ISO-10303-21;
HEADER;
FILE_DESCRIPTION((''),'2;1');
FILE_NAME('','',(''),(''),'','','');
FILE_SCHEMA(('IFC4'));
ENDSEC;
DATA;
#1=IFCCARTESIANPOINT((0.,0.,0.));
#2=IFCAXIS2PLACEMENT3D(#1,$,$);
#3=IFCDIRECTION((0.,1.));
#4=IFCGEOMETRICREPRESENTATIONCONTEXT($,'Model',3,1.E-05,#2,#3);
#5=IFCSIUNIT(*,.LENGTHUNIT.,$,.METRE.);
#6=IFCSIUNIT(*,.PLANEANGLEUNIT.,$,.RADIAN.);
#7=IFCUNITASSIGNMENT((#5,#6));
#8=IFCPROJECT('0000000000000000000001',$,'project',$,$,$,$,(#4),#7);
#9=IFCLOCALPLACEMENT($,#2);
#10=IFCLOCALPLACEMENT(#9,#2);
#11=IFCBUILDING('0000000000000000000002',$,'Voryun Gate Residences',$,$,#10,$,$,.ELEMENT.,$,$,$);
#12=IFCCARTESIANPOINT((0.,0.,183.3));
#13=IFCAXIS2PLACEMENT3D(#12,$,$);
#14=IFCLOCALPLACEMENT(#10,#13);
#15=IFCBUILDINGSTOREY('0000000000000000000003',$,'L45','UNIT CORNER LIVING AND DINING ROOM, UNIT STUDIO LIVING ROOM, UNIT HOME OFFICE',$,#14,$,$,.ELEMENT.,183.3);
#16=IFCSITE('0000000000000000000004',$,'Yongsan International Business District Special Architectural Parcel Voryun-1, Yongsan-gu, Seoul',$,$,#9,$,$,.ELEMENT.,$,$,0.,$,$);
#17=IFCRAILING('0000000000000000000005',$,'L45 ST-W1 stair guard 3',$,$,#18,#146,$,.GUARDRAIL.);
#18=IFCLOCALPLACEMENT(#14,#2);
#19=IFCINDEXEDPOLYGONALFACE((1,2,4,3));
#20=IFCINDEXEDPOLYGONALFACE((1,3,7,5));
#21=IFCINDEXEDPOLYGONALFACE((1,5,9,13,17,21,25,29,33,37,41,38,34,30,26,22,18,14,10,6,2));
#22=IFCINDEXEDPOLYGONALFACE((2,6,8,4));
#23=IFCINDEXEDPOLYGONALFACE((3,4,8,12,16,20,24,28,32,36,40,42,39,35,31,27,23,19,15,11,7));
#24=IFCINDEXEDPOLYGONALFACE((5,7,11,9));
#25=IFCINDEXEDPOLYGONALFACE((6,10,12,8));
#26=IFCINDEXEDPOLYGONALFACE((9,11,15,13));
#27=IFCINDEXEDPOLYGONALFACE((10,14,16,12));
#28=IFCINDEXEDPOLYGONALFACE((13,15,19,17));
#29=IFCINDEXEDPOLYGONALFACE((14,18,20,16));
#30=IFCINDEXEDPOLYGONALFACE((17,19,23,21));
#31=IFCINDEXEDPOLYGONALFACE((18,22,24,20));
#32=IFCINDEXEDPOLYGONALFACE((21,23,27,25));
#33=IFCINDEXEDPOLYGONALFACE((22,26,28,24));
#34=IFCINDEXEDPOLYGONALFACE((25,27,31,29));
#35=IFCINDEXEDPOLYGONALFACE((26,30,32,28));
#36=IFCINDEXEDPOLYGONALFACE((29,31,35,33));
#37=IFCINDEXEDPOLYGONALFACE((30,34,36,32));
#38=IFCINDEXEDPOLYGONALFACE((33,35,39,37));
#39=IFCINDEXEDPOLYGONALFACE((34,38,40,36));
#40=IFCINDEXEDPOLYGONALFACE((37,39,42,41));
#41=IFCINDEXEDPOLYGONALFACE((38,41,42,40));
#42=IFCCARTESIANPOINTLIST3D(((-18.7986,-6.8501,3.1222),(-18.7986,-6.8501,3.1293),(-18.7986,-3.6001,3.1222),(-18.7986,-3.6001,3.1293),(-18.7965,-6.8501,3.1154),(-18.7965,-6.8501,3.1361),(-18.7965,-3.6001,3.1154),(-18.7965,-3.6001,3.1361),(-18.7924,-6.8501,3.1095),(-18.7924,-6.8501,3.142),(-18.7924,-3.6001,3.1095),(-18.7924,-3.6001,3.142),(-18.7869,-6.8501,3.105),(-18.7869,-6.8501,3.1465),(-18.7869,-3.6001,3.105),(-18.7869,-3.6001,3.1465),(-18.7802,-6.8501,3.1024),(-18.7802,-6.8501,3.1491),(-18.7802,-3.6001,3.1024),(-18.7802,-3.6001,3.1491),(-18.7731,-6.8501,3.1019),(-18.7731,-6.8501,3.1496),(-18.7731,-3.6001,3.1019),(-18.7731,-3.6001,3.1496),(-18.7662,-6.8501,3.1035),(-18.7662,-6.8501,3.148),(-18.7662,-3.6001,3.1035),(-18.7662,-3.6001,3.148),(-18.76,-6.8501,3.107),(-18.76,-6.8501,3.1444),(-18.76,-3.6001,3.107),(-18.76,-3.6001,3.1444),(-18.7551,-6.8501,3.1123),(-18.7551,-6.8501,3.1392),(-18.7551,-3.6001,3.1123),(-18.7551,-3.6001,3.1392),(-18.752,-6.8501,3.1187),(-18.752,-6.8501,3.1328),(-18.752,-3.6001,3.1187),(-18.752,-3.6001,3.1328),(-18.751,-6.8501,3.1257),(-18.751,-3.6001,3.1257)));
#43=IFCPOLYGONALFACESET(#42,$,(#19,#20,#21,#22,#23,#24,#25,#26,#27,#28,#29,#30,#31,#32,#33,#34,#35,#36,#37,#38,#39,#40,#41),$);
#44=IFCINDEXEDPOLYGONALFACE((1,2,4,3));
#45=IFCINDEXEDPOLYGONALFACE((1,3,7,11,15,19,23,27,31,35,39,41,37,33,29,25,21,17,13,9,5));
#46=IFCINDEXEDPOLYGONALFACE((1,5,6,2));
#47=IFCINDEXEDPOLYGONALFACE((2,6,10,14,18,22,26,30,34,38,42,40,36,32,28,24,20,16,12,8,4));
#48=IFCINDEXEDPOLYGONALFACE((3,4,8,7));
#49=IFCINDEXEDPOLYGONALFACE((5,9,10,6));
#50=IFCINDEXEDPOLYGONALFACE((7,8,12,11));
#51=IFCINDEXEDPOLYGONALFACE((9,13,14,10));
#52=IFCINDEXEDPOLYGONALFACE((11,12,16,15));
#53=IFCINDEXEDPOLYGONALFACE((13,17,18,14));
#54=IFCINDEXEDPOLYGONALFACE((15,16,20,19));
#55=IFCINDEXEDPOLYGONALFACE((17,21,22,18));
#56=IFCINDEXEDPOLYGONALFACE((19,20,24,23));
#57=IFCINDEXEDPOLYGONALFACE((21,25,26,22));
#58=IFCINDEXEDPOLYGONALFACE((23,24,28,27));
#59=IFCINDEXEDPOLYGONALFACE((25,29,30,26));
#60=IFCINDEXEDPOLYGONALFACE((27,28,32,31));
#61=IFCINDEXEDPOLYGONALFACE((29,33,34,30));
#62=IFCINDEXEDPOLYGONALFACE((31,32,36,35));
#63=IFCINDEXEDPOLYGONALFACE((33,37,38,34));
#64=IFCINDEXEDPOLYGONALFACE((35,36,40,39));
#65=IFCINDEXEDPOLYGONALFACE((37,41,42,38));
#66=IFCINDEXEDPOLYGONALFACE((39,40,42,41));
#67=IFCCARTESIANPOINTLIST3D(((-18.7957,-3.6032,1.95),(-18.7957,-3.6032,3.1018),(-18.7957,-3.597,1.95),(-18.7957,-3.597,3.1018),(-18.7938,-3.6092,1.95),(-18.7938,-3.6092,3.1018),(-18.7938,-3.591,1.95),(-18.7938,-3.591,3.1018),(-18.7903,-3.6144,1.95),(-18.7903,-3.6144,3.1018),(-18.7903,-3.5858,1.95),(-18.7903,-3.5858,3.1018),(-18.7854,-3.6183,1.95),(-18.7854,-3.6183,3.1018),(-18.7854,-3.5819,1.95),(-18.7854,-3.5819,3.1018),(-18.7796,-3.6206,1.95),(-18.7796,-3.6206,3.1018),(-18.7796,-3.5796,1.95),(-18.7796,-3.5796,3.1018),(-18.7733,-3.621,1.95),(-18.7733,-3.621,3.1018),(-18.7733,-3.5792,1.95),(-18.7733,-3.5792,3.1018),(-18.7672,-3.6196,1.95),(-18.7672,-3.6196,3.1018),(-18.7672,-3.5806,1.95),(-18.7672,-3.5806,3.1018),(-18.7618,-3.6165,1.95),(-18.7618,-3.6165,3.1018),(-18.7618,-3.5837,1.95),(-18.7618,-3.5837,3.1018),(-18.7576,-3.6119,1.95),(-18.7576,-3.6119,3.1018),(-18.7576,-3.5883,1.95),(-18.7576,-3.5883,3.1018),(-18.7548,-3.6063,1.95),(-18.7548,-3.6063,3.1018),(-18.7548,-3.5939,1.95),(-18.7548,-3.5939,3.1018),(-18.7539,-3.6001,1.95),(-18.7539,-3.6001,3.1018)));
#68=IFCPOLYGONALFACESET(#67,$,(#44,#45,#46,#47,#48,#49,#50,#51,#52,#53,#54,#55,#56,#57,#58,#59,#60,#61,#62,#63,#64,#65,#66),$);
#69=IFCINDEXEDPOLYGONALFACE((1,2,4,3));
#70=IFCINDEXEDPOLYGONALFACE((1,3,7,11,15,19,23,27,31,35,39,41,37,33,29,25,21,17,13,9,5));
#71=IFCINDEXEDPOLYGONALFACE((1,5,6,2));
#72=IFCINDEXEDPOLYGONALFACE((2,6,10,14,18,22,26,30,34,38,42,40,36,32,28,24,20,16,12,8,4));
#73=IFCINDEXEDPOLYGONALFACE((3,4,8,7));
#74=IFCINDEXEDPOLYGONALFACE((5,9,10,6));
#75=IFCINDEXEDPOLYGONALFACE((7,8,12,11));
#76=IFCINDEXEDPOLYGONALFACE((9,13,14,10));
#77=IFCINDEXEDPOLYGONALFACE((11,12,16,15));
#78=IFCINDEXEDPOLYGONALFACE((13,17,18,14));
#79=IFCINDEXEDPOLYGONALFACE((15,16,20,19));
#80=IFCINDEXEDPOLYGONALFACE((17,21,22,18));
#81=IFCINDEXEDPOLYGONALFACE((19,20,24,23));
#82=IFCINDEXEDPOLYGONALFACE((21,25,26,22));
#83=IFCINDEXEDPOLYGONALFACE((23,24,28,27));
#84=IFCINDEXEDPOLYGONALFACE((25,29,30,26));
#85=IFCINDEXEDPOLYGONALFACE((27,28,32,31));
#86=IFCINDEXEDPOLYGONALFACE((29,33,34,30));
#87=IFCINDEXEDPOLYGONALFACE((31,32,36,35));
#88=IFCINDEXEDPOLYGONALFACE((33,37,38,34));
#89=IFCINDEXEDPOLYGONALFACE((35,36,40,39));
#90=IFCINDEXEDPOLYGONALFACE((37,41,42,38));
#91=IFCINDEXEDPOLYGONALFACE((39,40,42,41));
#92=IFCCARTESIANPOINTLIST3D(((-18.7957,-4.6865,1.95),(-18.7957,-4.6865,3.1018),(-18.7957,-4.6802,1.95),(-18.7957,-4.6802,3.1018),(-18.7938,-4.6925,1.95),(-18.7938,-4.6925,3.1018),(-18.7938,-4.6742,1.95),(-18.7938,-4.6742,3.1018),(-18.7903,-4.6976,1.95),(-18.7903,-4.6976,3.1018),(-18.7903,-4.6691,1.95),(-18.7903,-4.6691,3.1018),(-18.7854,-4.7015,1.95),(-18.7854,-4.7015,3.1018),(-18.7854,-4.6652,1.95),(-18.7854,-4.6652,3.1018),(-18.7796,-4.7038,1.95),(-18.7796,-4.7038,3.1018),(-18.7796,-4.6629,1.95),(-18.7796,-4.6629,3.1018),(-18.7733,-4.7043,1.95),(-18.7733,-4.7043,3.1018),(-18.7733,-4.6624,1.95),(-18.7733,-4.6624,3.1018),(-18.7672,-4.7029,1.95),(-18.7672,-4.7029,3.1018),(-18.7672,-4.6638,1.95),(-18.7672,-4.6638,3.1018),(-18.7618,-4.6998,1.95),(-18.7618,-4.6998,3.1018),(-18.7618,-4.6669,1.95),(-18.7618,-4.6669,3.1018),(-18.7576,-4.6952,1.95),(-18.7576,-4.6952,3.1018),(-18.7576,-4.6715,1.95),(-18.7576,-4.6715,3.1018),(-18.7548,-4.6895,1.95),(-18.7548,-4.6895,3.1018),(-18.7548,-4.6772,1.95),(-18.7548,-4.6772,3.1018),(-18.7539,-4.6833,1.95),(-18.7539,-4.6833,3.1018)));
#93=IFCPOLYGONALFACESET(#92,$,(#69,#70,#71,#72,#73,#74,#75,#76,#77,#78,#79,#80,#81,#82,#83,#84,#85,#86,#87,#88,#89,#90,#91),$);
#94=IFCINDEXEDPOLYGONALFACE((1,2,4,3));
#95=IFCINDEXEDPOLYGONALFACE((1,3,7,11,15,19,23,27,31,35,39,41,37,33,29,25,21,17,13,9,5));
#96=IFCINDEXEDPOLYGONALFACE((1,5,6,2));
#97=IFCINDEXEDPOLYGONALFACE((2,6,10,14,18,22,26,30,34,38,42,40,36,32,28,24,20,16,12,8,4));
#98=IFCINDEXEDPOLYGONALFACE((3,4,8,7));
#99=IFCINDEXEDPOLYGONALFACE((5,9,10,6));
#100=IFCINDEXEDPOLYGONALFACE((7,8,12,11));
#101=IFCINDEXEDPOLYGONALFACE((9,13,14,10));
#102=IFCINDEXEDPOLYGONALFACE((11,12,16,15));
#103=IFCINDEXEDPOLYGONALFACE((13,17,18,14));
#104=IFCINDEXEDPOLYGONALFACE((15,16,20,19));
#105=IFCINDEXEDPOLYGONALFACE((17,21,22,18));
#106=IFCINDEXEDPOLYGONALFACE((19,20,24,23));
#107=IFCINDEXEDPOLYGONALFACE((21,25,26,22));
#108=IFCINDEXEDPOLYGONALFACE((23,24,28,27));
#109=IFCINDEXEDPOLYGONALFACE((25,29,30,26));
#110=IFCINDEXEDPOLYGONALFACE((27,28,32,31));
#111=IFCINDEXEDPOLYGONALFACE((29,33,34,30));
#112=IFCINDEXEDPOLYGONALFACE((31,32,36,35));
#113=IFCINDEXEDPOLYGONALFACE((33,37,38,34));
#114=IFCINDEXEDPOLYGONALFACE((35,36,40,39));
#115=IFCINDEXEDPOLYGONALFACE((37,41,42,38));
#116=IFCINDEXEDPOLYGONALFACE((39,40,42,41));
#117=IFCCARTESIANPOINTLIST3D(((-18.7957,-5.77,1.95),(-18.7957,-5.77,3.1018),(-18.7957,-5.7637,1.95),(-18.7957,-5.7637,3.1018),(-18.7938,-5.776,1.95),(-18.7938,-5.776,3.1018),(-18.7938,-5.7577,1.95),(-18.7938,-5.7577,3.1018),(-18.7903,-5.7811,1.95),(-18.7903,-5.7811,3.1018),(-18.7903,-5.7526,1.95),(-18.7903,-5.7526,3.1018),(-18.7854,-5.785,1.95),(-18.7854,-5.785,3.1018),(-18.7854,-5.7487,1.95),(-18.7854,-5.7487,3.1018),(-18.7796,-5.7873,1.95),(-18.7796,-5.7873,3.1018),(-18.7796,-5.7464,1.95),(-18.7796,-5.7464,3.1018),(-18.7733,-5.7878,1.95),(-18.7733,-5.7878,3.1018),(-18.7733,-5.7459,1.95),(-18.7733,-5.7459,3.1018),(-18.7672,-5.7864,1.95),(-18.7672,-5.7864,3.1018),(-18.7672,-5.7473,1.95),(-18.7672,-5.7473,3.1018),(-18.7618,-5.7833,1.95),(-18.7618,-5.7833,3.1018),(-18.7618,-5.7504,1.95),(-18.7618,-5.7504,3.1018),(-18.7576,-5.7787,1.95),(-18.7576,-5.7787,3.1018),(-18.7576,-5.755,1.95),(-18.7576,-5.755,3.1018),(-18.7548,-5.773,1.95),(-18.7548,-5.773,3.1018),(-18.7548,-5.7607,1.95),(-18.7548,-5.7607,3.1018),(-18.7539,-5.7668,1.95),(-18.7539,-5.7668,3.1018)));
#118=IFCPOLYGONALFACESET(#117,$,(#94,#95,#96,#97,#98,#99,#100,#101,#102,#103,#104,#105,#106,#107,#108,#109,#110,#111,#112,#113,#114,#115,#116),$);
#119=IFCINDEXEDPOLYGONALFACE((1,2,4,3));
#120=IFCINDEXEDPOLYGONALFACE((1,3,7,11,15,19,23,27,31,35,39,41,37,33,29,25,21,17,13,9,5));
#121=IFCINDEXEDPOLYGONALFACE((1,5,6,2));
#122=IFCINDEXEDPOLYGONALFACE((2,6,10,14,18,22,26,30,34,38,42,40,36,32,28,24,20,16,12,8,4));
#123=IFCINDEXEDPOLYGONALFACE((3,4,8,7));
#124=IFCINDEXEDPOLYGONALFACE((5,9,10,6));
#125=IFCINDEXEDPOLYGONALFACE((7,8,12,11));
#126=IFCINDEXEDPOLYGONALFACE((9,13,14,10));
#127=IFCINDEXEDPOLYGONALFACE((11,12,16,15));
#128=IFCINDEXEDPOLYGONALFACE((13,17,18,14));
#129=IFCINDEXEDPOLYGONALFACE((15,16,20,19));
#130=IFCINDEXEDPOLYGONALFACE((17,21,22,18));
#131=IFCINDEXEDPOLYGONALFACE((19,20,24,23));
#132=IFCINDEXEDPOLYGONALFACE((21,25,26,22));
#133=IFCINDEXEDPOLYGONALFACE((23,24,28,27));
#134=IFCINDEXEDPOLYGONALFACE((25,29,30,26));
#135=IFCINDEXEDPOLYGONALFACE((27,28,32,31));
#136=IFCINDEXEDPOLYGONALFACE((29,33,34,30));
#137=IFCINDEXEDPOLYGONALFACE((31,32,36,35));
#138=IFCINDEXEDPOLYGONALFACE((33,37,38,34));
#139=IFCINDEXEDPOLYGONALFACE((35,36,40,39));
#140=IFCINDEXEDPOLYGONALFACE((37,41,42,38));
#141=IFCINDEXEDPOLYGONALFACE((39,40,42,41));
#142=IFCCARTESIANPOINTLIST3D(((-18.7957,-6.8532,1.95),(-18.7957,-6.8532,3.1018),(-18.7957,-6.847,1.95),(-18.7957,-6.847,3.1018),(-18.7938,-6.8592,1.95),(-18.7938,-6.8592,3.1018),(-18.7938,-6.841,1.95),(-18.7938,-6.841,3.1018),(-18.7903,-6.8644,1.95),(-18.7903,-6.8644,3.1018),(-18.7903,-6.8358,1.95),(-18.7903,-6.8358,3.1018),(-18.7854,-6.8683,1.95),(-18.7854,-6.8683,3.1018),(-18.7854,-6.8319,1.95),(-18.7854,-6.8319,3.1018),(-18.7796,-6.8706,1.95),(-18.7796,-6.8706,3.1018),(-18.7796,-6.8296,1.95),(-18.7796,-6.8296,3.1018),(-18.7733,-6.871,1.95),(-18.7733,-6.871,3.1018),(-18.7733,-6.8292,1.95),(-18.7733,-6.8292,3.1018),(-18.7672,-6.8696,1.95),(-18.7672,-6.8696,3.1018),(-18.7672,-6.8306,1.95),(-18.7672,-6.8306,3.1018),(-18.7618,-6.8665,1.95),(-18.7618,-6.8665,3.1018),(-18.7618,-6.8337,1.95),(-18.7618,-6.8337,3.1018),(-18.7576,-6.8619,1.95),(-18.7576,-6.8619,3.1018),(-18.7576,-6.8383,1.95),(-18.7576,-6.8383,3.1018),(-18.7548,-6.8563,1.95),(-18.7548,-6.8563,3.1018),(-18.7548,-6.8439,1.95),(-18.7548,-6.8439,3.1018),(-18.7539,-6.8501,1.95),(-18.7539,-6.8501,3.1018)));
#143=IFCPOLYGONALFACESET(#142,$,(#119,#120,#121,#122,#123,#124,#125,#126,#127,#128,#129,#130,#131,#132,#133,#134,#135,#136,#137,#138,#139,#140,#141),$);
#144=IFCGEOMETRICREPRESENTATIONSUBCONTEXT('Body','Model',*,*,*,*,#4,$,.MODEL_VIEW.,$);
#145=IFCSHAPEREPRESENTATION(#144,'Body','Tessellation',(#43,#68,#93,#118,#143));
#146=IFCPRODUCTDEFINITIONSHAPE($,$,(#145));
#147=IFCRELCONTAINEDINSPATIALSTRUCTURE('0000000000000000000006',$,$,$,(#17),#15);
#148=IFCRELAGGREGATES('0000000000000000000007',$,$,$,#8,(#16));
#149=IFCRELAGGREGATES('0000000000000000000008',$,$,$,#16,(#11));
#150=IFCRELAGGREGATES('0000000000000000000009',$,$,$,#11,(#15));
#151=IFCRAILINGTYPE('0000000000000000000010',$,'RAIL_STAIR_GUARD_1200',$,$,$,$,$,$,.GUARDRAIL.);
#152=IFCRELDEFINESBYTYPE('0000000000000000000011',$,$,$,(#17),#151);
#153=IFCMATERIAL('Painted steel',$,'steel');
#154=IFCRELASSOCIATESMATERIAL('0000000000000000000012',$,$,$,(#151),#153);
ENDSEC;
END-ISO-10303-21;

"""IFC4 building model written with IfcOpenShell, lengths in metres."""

from ifc_helpers import new_model, si_unit, direction, frame, origin, origin_2d, place, context, subcontext, project, spatial, circle, extrude, material, type_object, element, save


model = new_model("IFC4")

# Units and contexts
model_context = context("Model", 3, precision=1e-05, world=origin(), true_north=direction((0.0, 1.0)))
body_context = subcontext(model_context, "Body", "Model", "MODEL_VIEW")
ifc_project = project(units=[si_unit("LENGTHUNIT", "METRE"), si_unit("PLANEANGLEUNIT", "RADIAN")], contexts=[model_context])

# Site, building, storey
site_placement = place(None, origin())
site = spatial("IfcSite", under=ifc_project, at=site_placement, Name="Yongsan International Business District Special Architectural Parcel Voryun-1, Yongsan-gu, Seoul", CompositionType="ELEMENT", RefElevation=0.0)
building_placement = place(site_placement, origin())
building = spatial("IfcBuilding", under=site, at=building_placement, Name="Voryun Gate Residences", CompositionType="ELEMENT")
storey_placement = place(building_placement, frame((0.0, 0.0, 183.3)))
storey = spatial("IfcBuildingStorey", under=building, at=storey_placement, Name="L45", Description="UNIT CORNER LIVING AND DINING ROOM, UNIT STUDIO LIVING ROOM, UNIT HOME OFFICE", CompositionType="ELEMENT", Elevation=183.3)

# Railing
ifc_material_1 = material(Name="Painted steel", Category="steel")
railing_type_1 = type_object("IfcRailingType", Name="RAIL_STAIR_GUARD_1200", PredefinedType="GUARDRAIL", material=ifc_material_1)
railing_1_placement = place(storey_placement, frame((-18.7749, -3.6001, 1.95)))
element("IfcRailing", 1, at=railing_1_placement, inside=storey, type_object=railing_type_1, Name="L45 ST-W1 stair guard 3", PredefinedType="GUARDRAIL", context=body_context, shape_type="SweptSolid", body=[
    extrude(circle(Radius=0.0239, at=origin_2d()), frame((0.0, 0.0, 1.1758), z_axis=(0.0, -1.0, 0.0), x_axis=(1.0, 0.0, 0.0)), (0.0, 0.0, 1.0), 3.25),
    extrude(circle(Radius=0.021, at=origin_2d()), origin(), (0.0, 0.0, 1.0), 1.1519),
    extrude(circle(Radius=0.021, at=origin_2d()), frame((0.0, -1.0833, 0.0)), (0.0, 0.0, 1.0), 1.1519),
    extrude(circle(Radius=0.021, at=origin_2d()), frame((0.0, -2.1667, 0.0)), (0.0, 0.0, 1.0), 1.1519),
    extrude(circle(Radius=0.021, at=origin_2d()), frame((0.0, -3.25, 0.0)), (0.0, 0.0, 1.0), 1.1519),
])

save(model, "model.ifc")
